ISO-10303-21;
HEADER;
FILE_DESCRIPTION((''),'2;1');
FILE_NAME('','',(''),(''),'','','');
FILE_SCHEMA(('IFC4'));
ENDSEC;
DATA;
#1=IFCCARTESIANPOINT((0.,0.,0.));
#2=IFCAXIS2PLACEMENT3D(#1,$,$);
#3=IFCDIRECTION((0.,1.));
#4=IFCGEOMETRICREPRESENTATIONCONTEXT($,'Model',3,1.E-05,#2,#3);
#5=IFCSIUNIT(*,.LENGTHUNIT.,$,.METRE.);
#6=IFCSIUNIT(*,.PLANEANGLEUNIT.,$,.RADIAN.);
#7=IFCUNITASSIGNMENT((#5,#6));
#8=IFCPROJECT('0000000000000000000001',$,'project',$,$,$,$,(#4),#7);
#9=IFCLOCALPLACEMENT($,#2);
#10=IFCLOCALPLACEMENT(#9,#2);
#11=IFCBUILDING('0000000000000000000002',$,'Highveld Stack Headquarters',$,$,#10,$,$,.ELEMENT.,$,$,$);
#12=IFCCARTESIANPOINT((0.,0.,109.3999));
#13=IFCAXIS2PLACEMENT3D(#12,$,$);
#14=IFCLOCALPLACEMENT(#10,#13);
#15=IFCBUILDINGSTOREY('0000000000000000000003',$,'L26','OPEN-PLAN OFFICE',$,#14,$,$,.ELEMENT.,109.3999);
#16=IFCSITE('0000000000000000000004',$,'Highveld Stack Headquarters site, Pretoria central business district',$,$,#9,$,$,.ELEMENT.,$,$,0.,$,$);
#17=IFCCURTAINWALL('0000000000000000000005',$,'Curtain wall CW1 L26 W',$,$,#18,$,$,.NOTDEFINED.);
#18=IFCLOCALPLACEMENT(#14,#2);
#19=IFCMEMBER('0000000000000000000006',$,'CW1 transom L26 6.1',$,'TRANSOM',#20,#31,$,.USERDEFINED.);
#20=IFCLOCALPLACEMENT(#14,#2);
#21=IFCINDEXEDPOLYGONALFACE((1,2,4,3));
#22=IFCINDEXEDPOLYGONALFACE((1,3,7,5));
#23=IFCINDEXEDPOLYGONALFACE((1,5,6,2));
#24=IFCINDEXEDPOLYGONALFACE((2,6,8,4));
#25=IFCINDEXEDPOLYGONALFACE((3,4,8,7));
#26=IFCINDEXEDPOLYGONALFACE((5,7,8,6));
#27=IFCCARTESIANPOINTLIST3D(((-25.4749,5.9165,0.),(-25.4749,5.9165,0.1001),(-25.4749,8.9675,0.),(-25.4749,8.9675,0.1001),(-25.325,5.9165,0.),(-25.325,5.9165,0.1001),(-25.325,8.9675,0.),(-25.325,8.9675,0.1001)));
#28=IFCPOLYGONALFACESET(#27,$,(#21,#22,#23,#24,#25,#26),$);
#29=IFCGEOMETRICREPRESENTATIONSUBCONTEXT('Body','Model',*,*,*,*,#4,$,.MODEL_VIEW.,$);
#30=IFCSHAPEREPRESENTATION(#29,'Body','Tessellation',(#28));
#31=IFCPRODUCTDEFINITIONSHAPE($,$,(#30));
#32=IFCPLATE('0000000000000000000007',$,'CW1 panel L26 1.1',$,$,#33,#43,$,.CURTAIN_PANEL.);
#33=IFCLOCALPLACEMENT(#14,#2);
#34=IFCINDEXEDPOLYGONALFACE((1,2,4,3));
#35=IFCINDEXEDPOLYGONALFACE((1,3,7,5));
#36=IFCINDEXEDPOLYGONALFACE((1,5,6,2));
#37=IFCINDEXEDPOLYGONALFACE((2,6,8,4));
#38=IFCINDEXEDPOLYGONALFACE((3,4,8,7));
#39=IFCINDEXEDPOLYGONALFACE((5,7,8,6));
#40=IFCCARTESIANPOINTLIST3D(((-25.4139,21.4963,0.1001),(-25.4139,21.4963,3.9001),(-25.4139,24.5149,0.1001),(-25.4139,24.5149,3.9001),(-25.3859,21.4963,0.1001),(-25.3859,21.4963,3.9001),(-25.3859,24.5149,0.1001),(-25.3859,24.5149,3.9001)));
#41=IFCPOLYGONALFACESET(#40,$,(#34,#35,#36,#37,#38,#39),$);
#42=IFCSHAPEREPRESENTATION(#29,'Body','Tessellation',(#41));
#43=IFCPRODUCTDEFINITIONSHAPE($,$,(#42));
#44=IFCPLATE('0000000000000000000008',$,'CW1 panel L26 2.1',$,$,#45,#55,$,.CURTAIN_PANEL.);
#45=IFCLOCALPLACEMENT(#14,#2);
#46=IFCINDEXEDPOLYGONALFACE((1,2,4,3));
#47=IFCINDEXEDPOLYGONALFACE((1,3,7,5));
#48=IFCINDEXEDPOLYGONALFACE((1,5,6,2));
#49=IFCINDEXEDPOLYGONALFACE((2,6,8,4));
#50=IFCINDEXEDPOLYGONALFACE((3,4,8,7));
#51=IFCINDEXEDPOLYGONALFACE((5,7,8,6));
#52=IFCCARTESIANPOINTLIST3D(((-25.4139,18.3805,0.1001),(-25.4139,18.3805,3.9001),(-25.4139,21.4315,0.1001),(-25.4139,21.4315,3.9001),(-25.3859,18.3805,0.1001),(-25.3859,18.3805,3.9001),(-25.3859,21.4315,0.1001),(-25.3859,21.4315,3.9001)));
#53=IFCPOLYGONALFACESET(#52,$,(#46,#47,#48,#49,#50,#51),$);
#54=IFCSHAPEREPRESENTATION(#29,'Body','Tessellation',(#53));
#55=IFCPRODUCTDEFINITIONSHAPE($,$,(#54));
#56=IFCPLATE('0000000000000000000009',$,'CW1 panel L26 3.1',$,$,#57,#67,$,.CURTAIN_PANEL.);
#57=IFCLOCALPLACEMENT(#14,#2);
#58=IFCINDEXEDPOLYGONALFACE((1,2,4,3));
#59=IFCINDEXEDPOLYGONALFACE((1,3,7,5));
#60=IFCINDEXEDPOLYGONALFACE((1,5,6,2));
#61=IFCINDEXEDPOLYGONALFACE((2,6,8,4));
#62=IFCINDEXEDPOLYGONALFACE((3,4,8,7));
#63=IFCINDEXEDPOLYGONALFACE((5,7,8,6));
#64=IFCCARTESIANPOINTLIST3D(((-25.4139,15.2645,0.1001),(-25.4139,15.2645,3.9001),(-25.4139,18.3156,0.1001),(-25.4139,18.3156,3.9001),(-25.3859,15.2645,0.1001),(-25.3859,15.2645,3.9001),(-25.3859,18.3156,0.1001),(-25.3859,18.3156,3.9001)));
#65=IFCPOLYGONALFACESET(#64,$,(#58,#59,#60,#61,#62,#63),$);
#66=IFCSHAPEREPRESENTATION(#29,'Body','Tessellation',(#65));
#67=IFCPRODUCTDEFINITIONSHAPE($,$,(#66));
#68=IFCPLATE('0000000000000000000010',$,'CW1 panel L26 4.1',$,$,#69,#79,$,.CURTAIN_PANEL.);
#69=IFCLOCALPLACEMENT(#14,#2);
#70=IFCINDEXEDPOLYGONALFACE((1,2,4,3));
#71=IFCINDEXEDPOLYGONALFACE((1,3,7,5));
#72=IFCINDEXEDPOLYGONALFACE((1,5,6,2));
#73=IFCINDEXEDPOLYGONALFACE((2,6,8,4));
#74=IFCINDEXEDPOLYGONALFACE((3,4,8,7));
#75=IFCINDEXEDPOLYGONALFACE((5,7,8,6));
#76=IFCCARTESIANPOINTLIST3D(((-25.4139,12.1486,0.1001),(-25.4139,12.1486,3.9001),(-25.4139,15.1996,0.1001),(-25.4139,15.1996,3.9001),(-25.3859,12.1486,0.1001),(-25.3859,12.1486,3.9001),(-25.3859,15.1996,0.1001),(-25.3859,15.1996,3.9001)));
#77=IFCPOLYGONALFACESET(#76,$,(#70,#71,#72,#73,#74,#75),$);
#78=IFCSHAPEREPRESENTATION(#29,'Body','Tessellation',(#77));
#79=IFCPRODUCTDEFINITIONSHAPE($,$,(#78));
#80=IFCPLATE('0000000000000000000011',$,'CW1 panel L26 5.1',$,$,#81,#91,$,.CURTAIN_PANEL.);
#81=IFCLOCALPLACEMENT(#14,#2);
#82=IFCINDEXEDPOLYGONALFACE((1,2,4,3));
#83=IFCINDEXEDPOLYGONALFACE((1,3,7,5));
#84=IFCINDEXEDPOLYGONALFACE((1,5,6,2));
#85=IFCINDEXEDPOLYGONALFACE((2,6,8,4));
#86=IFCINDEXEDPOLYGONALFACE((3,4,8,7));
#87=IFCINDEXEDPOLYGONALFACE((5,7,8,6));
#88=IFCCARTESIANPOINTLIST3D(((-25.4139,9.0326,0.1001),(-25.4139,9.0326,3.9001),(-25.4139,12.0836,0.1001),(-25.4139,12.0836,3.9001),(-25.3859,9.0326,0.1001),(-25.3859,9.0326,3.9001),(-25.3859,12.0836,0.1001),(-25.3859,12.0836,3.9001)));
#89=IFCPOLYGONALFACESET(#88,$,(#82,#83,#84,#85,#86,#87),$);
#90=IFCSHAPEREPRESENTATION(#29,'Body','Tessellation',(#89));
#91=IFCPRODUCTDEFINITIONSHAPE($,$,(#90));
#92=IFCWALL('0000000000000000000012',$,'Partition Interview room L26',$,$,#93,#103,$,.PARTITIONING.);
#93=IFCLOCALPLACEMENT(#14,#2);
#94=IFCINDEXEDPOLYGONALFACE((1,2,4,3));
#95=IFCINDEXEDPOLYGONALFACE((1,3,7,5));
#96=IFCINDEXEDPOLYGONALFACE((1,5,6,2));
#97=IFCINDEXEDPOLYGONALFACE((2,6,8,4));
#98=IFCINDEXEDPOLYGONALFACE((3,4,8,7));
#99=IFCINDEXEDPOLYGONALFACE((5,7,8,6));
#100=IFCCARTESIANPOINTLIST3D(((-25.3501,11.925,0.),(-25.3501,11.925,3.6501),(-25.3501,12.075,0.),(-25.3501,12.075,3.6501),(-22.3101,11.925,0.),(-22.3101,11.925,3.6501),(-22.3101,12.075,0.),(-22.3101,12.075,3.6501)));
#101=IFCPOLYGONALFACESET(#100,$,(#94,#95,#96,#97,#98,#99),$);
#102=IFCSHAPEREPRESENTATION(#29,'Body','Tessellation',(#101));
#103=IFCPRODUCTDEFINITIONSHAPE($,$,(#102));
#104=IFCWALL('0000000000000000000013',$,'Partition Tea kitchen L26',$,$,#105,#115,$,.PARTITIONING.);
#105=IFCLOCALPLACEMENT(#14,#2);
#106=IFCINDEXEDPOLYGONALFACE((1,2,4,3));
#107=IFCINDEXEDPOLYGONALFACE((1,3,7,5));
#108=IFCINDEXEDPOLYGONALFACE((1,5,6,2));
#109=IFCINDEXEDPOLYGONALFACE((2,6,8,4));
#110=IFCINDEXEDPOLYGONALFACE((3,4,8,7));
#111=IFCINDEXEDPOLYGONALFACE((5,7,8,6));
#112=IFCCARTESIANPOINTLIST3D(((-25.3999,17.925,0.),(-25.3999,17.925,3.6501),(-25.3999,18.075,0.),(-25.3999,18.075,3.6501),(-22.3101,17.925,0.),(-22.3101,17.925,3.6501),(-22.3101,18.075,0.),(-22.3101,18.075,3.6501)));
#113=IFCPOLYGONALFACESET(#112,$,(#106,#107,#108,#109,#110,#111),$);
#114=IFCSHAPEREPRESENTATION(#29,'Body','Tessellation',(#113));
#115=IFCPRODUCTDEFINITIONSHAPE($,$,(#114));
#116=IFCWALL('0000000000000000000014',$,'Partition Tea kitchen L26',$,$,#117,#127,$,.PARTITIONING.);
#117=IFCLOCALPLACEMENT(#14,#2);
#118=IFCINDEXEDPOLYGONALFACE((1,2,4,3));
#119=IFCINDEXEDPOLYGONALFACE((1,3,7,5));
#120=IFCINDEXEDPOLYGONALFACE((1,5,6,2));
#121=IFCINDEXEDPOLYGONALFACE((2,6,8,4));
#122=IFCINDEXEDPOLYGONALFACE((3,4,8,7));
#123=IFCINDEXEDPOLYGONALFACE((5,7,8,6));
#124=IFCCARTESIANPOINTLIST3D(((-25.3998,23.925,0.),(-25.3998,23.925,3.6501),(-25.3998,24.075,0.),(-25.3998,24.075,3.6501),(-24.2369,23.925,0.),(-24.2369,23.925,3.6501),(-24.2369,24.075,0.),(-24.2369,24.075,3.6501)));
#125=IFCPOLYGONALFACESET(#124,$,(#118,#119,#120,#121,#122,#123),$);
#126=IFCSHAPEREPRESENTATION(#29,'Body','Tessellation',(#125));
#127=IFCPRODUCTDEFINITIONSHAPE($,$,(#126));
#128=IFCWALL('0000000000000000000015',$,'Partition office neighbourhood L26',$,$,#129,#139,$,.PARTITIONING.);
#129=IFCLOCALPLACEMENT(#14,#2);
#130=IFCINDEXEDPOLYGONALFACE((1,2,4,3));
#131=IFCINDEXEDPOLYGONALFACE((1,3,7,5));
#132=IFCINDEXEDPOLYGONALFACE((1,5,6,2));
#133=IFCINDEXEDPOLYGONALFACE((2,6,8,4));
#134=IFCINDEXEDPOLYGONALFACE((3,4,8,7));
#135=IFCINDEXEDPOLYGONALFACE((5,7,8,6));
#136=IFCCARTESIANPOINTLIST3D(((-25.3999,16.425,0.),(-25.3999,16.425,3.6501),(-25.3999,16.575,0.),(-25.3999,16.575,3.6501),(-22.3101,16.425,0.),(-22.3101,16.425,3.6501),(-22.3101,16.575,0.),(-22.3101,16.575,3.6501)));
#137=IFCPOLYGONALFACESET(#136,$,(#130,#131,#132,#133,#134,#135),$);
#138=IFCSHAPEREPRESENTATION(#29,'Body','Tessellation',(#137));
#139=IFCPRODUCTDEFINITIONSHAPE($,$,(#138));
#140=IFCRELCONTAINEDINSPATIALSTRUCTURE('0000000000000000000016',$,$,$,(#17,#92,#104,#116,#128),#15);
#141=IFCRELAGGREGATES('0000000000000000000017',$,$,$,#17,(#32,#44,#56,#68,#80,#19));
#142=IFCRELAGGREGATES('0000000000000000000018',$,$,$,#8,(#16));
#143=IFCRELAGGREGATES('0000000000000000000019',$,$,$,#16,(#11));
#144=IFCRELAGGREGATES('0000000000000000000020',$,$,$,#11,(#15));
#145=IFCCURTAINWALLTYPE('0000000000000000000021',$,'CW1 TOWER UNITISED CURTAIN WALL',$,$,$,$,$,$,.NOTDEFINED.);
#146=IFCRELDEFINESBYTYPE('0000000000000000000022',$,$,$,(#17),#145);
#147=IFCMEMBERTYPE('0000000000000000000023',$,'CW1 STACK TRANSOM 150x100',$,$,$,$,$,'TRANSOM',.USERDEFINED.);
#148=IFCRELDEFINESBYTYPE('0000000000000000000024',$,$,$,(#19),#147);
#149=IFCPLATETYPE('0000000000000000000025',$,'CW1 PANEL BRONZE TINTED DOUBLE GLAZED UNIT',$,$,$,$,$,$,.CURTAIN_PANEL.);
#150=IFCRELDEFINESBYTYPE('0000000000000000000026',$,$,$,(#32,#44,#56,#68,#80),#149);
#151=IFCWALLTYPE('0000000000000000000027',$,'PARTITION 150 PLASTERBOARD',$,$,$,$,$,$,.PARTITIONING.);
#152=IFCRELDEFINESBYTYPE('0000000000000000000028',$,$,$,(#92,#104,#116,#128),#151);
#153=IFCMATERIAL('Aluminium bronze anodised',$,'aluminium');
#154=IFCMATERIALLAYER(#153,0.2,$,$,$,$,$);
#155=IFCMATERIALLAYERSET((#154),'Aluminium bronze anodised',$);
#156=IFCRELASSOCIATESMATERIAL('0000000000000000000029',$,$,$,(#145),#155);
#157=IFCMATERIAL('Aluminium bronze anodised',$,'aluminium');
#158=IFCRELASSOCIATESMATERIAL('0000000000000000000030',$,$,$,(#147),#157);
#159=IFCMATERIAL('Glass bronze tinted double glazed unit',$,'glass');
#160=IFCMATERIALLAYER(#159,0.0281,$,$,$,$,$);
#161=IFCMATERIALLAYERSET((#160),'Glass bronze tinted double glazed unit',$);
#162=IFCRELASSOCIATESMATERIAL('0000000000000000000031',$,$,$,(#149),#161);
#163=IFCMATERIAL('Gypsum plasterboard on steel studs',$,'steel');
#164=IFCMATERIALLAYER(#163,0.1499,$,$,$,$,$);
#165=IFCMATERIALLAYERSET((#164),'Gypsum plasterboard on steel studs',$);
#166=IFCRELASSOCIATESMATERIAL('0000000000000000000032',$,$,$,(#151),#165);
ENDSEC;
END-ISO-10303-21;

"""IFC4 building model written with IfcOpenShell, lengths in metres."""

from ifc_helpers import new_model, si_unit, direction, frame, frame_2d, origin, origin_2d, place, context, subcontext, project, spatial, rectangle, extrude, material, layer, layer_set, material_profile, profile_set, type_object, element, aggregate, save


model = new_model("IFC4")

# Units and contexts
model_context = context("Model", 3, precision=1e-05, world=origin(), true_north=direction((0.0, 1.0)))
body_context = subcontext(model_context, "Body", "Model", "MODEL_VIEW")
ifc_project = project(units=[si_unit("LENGTHUNIT", "METRE"), si_unit("PLANEANGLEUNIT", "RADIAN")], contexts=[model_context])

# Site, building, storey
site_placement = place(None, origin())
site = spatial("IfcSite", under=ifc_project, at=site_placement, Name="Highveld Stack Headquarters site, Pretoria central business district", CompositionType="ELEMENT", RefElevation=0.0)
building_placement = place(site_placement, origin())
building = spatial("IfcBuilding", under=site, at=building_placement, Name="Highveld Stack Headquarters", CompositionType="ELEMENT")
storey_placement = place(building_placement, frame((0.0, 0.0, 109.3999)))
storey = spatial("IfcBuildingStorey", under=building, at=storey_placement, Name="L26", Description="OPEN-PLAN OFFICE", CompositionType="ELEMENT", Elevation=109.3999)

# Curtain wall, member, plates
ifc_material_1 = material(Name="Aluminium bronze anodised", Category="aluminium")
ifc_layer_1 = layer(ifc_material_1, 0.2)
ifc_layer_set_1 = layer_set([ifc_layer_1], Name="Aluminium bronze anodised")
curtain_wall_type = type_object("IfcCurtainWallType", Name="CW1 TOWER UNITISED CURTAIN WALL", PredefinedType="NOTDEFINED", material=ifc_layer_set_1)
curtain_wall_placement = place(storey_placement, origin())
curtain_wall = element("IfcCurtainWall", 1, at=curtain_wall_placement, inside=storey, type_object=curtain_wall_type, Name="Curtain wall CW1 L26 W", PredefinedType="NOTDEFINED")
ifc_material_2 = material(Name="Aluminium bronze anodised", Category="aluminium")
ifc_material_profile_1 = material_profile(ifc_material_2, rectangle(XDim=0.1499, YDim=0.1001, at=origin_2d()), Name="CW1 TRANSOM 150x100")
ifc_profile_set_1 = profile_set([ifc_material_profile_1], Name="Aluminium bronze anodised")
member_type_1 = type_object("IfcMemberType", Name="CW1 STACK TRANSOM 150x100", ElementType="TRANSOM", PredefinedType="USERDEFINED", material=ifc_profile_set_1)
member_1_placement = place(storey_placement, frame((-25.3999, 8.9675, 0.05), z_axis=(0.0, -1.0, 0.0), x_axis=(1.0, 0.0, 0.0)))
member_1 = element("IfcMember", 2, at=member_1_placement, type_object=member_type_1, Name="CW1 transom L26 6.1", ObjectType="TRANSOM", PredefinedType="USERDEFINED", context=body_context, shape_type="SweptSolid", body=[
    extrude(rectangle(XDim=0.1499, YDim=0.1001, at=origin_2d()), origin(), (0.0, 0.0, 1.0), 3.051),
])
ifc_material_3 = material(Name="Glass bronze tinted double glazed unit", Category="glass")
ifc_layer_2 = layer(ifc_material_3, 0.0281)
ifc_layer_set_2 = layer_set([ifc_layer_2], Name="Glass bronze tinted double glazed unit")
plate_type = type_object("IfcPlateType", Name="CW1 PANEL BRONZE TINTED DOUBLE GLAZED UNIT", PredefinedType="CURTAIN_PANEL", material=ifc_layer_set_2)
plate_1_placement = place(storey_placement, frame((-25.3999, 23.0056, 0.1001), z_axis=(0.0, 0.0, 1.0), x_axis=(0.0, -1.0, 0.0)))
plate_1 = element("IfcPlate", 3, at=plate_1_placement, type_object=plate_type, Name="CW1 panel L26 1.1", PredefinedType="CURTAIN_PANEL", context=body_context, shape_type="SweptSolid", body=[
    extrude(rectangle(XDim=3.0186, YDim=0.0281, at=origin_2d()), origin(), (0.0, 0.0, 1.0), 3.8),
])
plate_2_placement = place(storey_placement, frame((-25.3999, 19.906, 0.1001), z_axis=(0.0, 0.0, 1.0), x_axis=(0.0, -1.0, 0.0)))
plate_2 = element("IfcPlate", 4, at=plate_2_placement, type_object=plate_type, Name="CW1 panel L26 2.1", PredefinedType="CURTAIN_PANEL", context=body_context, shape_type="SweptSolid", body=[
    extrude(rectangle(XDim=3.051, YDim=0.0281, at=origin_2d()), origin(), (0.0, 0.0, 1.0), 3.8),
])
plate_3_placement = place(storey_placement, frame((-25.3999, 16.79, 0.1001), z_axis=(0.0, 0.0, 1.0), x_axis=(0.0, -1.0, 0.0)))
plate_3 = element("IfcPlate", 5, at=plate_3_placement, type_object=plate_type, Name="CW1 panel L26 3.1", PredefinedType="CURTAIN_PANEL", context=body_context, shape_type="SweptSolid", body=[
    extrude(rectangle(XDim=3.051, YDim=0.0281, at=origin_2d()), origin(), (0.0, 0.0, 1.0), 3.8),
])
plate_4_placement = place(storey_placement, frame((-25.3999, 13.6741, 0.1001), z_axis=(0.0, 0.0, 1.0), x_axis=(0.0, -1.0, 0.0)))
plate_4 = element("IfcPlate", 6, at=plate_4_placement, type_object=plate_type, Name="CW1 panel L26 4.1", PredefinedType="CURTAIN_PANEL", context=body_context, shape_type="SweptSolid", body=[
    extrude(rectangle(XDim=3.051, YDim=0.0281, at=origin_2d()), origin(), (0.0, 0.0, 1.0), 3.8),
])
plate_5_placement = place(storey_placement, frame((-25.3999, 10.5581, 0.1001), z_axis=(0.0, 0.0, 1.0), x_axis=(0.0, -1.0, 0.0)))
plate_5 = element("IfcPlate", 7, at=plate_5_placement, type_object=plate_type, Name="CW1 panel L26 5.1", PredefinedType="CURTAIN_PANEL", context=body_context, shape_type="SweptSolid", body=[
    extrude(rectangle(XDim=3.051, YDim=0.0281, at=origin_2d()), origin(), (0.0, 0.0, 1.0), 3.8),
])
aggregate(curtain_wall, [plate_1, plate_2, plate_3, plate_4, plate_5, member_1])

# Walls
ifc_material_4 = material(Name="Gypsum plasterboard on steel studs", Category="steel")
ifc_layer_3 = layer(ifc_material_4, 0.1499)
ifc_layer_set_3 = layer_set([ifc_layer_3], Name="Gypsum plasterboard on steel studs")
wall_type = type_object("IfcWallType", Name="PARTITION 150 PLASTERBOARD", PredefinedType="PARTITIONING", material=ifc_layer_set_3)
wall_1_placement = place(storey_placement, frame((-25.3501, 12.0, 0.0), z_axis=(0.0, 0.0, 1.0), x_axis=(1.0, 0.0, 0.0)))
element("IfcWall", 8, at=wall_1_placement, inside=storey, type_object=wall_type, Name="Partition Interview room L26", PredefinedType="PARTITIONING", context=body_context, shape_type="SweptSolid", body=[
    extrude(rectangle(XDim=3.04, YDim=0.1499, at=frame_2d((1.52, 0.0))), origin(), (0.0, 0.0, 1.0), 3.6501),
])
wall_2_placement = place(storey_placement, frame((-25.3999, 18.0, 0.0), z_axis=(0.0, 0.0, 1.0), x_axis=(1.0, 0.0, 0.0)))
element("IfcWall", 9, at=wall_2_placement, inside=storey, type_object=wall_type, Name="Partition Tea kitchen L26", PredefinedType="PARTITIONING", context=body_context, shape_type="SweptSolid", body=[
    extrude(rectangle(XDim=3.0898, YDim=0.1499, at=frame_2d((1.5449, 0.0))), origin(), (0.0, 0.0, 1.0), 3.6501),
])
wall_3_placement = place(storey_placement, frame((-25.3999, 24.0, 0.0), z_axis=(0.0, 0.0, 1.0), x_axis=(1.0, 0.0, 0.0)))
element("IfcWall", 10, at=wall_3_placement, inside=storey, type_object=wall_type, Name="Partition Tea kitchen L26", PredefinedType="PARTITIONING", context=body_context, shape_type="SweptSolid", body=[
    extrude(rectangle(XDim=1.1628, YDim=0.1499, at=frame_2d((0.5815, 0.0))), origin(), (0.0, 0.0, 1.0), 3.6501),
])
wall_4_placement = place(storey_placement, frame((-25.3999, 16.5, 0.0), z_axis=(0.0, 0.0, 1.0), x_axis=(1.0, 0.0, 0.0)))
element("IfcWall", 11, at=wall_4_placement, inside=storey, type_object=wall_type, Name="Partition office neighbourhood L26", PredefinedType="PARTITIONING", context=body_context, shape_type="SweptSolid", body=[
    extrude(rectangle(XDim=3.0898, YDim=0.1499, at=frame_2d((1.5449, 0.0))), origin(), (0.0, 0.0, 1.0), 3.6501),
])

save(model, "model.ifc")
